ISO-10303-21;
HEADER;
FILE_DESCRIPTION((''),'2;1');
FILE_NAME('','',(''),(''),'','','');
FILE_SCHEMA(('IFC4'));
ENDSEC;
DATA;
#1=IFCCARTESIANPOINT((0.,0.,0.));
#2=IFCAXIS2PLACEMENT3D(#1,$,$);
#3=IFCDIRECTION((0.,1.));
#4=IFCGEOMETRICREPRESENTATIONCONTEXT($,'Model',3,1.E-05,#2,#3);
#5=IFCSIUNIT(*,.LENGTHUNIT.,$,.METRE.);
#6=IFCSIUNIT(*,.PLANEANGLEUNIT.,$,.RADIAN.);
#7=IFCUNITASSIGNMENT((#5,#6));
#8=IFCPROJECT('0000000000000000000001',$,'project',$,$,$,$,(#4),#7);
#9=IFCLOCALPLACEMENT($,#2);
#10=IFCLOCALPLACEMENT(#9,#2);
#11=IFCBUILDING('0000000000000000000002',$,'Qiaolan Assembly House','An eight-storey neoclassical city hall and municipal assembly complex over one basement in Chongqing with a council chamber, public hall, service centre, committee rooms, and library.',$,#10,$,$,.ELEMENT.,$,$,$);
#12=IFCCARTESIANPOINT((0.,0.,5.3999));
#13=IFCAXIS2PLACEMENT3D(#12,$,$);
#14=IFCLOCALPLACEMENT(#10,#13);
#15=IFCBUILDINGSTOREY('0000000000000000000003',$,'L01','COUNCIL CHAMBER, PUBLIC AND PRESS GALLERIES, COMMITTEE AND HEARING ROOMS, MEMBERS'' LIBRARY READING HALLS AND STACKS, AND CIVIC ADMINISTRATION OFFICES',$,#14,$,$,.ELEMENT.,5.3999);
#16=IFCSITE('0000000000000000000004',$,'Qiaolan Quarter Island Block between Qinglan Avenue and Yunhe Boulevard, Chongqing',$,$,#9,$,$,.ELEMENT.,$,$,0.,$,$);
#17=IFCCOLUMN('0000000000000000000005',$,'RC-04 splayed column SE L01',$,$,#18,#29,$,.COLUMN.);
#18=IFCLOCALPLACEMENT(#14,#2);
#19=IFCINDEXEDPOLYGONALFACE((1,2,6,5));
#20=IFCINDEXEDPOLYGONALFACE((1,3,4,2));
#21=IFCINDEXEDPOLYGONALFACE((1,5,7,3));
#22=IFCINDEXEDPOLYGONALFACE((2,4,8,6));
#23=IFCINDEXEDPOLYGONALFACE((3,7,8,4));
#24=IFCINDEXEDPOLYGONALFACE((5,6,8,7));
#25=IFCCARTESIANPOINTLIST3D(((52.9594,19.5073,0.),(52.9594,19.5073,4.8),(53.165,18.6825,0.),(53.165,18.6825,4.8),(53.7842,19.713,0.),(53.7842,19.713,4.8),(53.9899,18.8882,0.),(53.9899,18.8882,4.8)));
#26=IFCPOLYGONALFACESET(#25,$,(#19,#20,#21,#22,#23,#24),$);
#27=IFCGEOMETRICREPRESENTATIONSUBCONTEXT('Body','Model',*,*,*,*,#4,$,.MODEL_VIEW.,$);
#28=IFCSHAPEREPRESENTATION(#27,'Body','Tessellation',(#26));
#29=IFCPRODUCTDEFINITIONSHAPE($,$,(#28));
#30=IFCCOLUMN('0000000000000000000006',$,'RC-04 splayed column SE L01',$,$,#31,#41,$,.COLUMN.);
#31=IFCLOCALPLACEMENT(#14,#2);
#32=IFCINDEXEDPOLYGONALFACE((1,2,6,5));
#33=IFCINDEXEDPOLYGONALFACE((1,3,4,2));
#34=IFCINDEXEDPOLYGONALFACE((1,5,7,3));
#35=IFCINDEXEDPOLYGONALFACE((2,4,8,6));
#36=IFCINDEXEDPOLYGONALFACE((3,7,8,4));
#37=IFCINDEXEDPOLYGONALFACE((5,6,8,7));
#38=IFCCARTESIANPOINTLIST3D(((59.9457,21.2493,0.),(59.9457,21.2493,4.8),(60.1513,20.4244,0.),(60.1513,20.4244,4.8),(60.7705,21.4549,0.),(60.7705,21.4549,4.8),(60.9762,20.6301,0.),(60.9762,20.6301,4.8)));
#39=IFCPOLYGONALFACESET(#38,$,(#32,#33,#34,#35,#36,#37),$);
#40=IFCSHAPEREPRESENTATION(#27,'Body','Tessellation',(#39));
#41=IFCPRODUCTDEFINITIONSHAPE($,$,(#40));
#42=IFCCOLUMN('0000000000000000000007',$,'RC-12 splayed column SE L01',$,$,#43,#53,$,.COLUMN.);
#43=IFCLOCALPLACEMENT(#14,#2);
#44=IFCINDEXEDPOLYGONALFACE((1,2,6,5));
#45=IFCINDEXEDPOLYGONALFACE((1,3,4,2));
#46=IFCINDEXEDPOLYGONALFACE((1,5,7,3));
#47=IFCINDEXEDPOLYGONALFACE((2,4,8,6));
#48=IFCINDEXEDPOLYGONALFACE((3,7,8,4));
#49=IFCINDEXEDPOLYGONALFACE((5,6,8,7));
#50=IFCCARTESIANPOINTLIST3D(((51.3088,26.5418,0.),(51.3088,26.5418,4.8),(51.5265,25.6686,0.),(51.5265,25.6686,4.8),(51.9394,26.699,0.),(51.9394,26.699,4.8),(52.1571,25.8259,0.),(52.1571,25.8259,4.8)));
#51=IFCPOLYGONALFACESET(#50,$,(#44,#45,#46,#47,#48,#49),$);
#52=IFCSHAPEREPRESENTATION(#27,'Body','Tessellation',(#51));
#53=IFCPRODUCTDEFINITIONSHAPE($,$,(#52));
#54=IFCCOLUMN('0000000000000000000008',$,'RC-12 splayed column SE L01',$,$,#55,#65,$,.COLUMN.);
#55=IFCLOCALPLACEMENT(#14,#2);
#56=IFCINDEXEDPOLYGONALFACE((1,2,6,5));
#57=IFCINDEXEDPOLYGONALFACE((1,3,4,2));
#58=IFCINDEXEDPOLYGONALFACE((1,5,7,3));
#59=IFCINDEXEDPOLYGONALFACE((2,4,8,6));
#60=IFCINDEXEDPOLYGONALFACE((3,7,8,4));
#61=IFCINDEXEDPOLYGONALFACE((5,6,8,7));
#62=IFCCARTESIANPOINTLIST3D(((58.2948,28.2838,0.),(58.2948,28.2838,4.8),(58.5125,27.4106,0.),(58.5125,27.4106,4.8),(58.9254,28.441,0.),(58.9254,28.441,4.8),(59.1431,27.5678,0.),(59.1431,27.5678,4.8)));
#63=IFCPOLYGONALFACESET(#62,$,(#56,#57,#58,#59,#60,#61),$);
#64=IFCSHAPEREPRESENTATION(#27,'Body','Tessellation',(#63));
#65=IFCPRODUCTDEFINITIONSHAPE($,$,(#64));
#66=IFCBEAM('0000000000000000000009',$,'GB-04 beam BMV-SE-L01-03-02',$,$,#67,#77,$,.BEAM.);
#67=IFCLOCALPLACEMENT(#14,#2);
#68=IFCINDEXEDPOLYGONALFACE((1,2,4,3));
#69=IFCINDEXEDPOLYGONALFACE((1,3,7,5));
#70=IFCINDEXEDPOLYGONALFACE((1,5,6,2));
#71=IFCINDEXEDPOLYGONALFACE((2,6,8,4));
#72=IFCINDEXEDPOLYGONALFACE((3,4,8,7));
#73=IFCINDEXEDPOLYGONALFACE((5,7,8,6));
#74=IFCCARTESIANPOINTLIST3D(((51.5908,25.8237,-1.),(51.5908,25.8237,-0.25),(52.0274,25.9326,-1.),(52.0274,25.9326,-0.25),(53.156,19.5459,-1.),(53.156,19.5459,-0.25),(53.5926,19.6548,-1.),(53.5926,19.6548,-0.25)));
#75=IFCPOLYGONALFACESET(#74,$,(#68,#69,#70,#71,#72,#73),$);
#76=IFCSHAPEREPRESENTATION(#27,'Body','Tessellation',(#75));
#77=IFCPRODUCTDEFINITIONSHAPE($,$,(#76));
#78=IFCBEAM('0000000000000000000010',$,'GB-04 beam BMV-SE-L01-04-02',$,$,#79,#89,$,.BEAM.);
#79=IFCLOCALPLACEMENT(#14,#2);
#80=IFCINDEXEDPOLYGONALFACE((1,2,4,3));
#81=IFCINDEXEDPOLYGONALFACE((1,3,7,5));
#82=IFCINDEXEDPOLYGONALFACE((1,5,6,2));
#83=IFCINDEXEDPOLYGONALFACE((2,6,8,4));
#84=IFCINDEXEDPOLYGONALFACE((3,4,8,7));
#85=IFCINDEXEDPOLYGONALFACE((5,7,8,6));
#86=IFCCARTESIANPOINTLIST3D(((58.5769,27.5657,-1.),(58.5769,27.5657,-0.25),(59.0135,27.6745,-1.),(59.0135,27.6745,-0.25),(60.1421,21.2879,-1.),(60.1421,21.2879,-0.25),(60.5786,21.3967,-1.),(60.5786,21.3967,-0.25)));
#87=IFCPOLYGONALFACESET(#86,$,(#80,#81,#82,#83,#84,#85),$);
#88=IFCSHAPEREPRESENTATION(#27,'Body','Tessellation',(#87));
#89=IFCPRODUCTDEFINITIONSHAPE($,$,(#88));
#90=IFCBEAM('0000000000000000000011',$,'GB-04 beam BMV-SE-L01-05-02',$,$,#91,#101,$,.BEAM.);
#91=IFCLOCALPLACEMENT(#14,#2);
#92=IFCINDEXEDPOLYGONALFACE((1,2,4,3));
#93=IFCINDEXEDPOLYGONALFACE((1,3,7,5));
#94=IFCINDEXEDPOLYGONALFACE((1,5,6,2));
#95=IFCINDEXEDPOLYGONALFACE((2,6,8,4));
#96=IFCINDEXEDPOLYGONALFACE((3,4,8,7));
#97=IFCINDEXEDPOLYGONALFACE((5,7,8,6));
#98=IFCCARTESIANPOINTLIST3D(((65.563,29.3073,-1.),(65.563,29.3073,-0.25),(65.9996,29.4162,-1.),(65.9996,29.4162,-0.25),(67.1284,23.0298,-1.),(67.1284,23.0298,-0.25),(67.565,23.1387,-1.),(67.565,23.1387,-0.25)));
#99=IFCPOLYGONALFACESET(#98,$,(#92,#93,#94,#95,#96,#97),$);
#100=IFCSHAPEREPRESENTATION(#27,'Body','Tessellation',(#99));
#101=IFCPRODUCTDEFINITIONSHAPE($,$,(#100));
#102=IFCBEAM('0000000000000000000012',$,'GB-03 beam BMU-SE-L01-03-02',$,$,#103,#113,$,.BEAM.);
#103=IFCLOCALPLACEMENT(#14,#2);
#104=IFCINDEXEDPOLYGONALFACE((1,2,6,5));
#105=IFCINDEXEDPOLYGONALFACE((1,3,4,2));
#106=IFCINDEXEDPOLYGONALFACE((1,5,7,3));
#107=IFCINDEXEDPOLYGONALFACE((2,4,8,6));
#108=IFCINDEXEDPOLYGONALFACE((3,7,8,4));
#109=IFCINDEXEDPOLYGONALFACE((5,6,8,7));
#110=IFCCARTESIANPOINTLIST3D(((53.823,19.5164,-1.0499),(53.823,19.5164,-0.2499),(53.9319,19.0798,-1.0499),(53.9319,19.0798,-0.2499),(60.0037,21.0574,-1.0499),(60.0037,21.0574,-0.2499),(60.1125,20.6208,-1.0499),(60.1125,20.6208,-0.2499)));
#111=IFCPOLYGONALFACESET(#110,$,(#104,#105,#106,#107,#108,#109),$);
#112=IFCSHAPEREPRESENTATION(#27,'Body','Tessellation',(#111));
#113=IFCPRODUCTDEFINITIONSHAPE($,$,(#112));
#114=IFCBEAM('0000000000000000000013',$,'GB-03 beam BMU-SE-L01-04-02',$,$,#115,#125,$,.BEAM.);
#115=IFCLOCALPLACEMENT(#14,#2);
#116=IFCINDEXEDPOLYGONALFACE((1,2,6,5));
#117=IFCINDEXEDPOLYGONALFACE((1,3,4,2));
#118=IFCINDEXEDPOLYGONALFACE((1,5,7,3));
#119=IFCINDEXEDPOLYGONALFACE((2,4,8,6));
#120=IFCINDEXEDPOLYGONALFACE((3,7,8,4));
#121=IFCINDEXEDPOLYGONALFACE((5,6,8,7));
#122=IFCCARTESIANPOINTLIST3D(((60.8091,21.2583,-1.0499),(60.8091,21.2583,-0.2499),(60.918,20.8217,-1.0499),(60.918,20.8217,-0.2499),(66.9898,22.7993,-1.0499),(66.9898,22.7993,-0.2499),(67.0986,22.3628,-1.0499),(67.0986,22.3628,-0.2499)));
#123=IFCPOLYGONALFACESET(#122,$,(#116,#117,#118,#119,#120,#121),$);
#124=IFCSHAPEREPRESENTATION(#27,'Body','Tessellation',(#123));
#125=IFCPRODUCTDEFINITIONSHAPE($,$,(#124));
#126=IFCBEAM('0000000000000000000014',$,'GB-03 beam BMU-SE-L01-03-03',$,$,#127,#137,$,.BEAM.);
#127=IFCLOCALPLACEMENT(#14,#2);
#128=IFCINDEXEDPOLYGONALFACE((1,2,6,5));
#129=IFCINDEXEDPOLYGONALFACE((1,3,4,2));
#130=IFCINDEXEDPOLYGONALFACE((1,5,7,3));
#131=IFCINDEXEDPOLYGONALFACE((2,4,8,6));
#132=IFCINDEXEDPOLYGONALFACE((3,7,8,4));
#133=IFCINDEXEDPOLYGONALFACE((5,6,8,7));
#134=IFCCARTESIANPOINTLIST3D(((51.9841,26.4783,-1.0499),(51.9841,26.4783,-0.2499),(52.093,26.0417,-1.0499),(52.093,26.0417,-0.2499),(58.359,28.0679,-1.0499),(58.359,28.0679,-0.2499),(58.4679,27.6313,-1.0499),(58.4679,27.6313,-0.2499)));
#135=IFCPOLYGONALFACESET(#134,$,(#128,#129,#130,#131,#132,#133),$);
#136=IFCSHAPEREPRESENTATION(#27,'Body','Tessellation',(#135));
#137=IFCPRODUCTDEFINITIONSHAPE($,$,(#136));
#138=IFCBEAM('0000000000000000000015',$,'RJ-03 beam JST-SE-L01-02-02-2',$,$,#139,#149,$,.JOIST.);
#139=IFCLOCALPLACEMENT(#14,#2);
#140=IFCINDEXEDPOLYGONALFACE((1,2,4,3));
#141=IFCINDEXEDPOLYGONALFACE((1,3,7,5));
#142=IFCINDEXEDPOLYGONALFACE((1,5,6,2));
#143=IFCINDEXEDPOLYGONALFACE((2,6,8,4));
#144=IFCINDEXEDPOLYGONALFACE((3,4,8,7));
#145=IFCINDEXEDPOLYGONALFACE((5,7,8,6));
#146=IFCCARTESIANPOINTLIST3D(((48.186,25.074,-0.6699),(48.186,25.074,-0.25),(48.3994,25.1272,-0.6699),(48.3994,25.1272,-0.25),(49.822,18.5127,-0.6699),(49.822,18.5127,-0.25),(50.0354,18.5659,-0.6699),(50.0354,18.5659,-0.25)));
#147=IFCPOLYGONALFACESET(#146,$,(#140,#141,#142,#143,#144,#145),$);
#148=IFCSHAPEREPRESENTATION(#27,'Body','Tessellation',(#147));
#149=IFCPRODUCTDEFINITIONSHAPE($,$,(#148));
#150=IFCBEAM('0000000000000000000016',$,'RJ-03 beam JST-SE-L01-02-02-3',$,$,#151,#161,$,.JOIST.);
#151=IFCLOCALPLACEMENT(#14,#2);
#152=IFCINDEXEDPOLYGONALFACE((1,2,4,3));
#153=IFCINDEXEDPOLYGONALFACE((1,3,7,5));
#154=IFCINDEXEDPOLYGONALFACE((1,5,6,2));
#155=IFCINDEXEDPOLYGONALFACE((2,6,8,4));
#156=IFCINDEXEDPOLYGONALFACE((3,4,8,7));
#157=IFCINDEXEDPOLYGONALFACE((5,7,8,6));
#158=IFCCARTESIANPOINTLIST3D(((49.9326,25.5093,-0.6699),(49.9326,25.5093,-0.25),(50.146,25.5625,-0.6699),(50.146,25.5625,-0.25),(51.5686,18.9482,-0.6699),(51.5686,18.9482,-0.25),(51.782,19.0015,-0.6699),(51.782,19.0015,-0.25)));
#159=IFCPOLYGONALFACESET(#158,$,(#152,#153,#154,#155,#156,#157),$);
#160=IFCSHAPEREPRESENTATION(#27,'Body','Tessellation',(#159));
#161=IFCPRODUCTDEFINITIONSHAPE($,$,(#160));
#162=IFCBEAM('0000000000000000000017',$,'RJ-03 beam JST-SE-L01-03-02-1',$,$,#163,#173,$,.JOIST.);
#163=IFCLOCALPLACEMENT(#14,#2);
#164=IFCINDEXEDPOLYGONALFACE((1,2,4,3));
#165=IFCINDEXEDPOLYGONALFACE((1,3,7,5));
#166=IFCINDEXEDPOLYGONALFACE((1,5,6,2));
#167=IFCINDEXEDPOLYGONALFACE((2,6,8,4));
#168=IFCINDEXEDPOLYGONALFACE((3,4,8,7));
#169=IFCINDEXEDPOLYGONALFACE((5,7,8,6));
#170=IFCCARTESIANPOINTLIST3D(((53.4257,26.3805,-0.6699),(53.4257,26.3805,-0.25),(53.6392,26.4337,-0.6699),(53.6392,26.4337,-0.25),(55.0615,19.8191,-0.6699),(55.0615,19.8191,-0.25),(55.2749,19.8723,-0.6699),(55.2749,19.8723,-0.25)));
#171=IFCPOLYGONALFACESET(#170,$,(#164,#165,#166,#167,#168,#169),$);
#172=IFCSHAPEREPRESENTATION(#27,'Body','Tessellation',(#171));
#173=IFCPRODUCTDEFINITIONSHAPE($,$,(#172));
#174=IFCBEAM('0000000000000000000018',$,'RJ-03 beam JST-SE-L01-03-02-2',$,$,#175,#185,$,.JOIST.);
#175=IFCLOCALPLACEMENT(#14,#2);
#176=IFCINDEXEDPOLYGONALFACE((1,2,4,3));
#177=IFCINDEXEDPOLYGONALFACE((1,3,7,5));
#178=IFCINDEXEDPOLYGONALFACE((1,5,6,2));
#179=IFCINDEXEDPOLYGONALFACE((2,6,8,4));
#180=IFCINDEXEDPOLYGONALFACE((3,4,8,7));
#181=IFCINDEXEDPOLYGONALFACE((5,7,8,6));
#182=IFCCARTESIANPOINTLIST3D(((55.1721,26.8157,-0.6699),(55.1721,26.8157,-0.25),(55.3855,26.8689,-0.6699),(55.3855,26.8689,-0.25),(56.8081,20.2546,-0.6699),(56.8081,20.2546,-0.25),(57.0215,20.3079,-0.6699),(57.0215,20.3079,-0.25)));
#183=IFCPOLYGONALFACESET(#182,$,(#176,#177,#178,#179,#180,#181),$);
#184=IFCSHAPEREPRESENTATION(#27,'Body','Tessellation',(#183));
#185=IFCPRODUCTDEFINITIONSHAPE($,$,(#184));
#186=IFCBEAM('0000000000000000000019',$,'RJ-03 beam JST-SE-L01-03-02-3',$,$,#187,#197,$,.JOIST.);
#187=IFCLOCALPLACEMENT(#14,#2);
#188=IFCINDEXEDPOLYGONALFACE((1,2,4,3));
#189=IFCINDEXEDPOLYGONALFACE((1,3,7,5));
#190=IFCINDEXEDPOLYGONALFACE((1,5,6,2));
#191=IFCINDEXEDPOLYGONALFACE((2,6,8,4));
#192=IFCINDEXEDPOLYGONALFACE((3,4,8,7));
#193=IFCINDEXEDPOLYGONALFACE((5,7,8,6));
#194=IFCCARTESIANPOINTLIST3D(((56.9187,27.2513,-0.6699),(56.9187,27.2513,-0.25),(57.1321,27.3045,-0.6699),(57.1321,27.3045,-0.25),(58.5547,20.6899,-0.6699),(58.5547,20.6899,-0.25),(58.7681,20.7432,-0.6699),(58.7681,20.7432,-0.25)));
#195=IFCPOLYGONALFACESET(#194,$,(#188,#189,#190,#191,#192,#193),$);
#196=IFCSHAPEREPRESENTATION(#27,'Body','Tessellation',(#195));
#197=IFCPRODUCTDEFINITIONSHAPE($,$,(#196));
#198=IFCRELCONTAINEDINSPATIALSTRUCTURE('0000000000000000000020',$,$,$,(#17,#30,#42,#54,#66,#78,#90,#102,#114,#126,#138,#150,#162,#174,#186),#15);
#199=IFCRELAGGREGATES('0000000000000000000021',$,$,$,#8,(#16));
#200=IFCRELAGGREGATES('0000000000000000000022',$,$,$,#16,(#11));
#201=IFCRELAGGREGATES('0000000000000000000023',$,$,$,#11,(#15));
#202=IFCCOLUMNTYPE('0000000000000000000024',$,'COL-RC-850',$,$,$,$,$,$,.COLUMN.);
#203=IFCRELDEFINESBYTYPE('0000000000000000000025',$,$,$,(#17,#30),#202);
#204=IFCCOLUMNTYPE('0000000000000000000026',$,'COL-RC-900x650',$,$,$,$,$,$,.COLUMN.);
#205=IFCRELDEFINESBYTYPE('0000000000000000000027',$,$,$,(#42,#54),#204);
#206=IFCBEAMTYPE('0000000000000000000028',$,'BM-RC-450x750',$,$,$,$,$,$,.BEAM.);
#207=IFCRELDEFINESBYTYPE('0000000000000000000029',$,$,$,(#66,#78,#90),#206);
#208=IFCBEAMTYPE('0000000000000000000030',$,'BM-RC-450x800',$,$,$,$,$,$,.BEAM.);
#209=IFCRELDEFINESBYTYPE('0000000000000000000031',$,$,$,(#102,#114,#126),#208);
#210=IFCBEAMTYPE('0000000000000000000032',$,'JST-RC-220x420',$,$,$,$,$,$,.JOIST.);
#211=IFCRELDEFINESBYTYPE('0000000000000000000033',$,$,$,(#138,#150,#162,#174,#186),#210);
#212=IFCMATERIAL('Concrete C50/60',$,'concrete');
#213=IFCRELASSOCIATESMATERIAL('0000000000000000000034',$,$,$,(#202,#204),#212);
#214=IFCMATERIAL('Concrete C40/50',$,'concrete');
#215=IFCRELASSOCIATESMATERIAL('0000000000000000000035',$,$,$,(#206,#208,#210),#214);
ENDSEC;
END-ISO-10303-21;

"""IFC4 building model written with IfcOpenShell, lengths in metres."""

from ifc_helpers import new_model, si_unit, direction, frame, origin, origin_2d, place, context, subcontext, project, spatial, rectangle, extrude, material, material_profile, profile_set, type_object, element, save


model = new_model("IFC4")

# Units and contexts
model_context = context("Model", 3, precision=1e-05, world=origin(), true_north=direction((0.0, 1.0)))
body_context = subcontext(model_context, "Body", "Model", "MODEL_VIEW")
ifc_project = project(units=[si_unit("LENGTHUNIT", "METRE"), si_unit("PLANEANGLEUNIT", "RADIAN")], contexts=[model_context])

# Site, building, storey
site_placement = place(None, origin())
site = spatial("IfcSite", under=ifc_project, at=site_placement, Name="Qiaolan Quarter Island Block between Qinglan Avenue and Yunhe Boulevard, Chongqing", CompositionType="ELEMENT", RefElevation=0.0)
building_placement = place(site_placement, origin())
building = spatial("IfcBuilding", under=site, at=building_placement, Name="Qiaolan Assembly House", Description="An eight-storey neoclassical city hall and municipal assembly complex over one basement in Chongqing with a council chamber, public hall, service centre, committee rooms, and library.", CompositionType="ELEMENT")
storey_placement = place(building_placement, frame((0.0, 0.0, 5.3999)))
storey = spatial("IfcBuildingStorey", under=building, at=storey_placement, Name="L01", Description="COUNCIL CHAMBER, PUBLIC AND PRESS GALLERIES, COMMITTEE AND HEARING ROOMS, MEMBERS' LIBRARY READING HALLS AND STACKS, AND CIVIC ADMINISTRATION OFFICES", CompositionType="ELEMENT", Elevation=5.3999)

# Columns
ifc_material_1 = material(Name="Concrete C50/60", Category="concrete")
ifc_material_profile_1 = material_profile(ifc_material_1, rectangle(XDim=0.8501, YDim=0.8501, at=origin_2d()), Name="RC 850x850")
ifc_profile_set_1 = profile_set([ifc_material_profile_1], Name="Concrete C50/60")
column_type_1 = type_object("IfcColumnType", Name="COL-RC-850", PredefinedType="COLUMN", material=ifc_profile_set_1)
for number, where, z_axis, x_axis, name in (
    (1, (53.4746, 19.1978, 0.0), (0.0, 0.0, 1.0), (0.970296, 0.241922, 0.0), "RC-04 splayed column SE L01"),
    (2, (60.4609, 20.9397, 0.0), (0.0, 0.0, 1.0), (0.970296, 0.241922, 0.0), "RC-04 splayed column SE L01"),
):
    element("IfcColumn", number, at=place(storey_placement, frame(where, z_axis=z_axis, x_axis=x_axis)), inside=storey, type_object=column_type_1, Name=name, PredefinedType="COLUMN", context=body_context, shape_type="SweptSolid", body=[
        extrude(rectangle(XDim=0.8501, YDim=0.8501, at=origin_2d()), origin(), (0.0, 0.0, 1.0), 4.8),
    ])
ifc_material_profile_2 = material_profile(ifc_material_1, rectangle(XDim=0.6499, YDim=0.8999, at=origin_2d()), Name="RC 900x650")
ifc_profile_set_2 = profile_set([ifc_material_profile_2], Name="Concrete C50/60")
column_type_2 = type_object("IfcColumnType", Name="COL-RC-900x650", PredefinedType="COLUMN", material=ifc_profile_set_2)
for number, where, z_axis, x_axis, name in (
    (3, (51.7329, 26.1838, 0.0), (0.0, 0.0, 1.0), (0.970296, 0.241922, 0.0), "RC-12 splayed column SE L01"),
    (4, (58.719, 27.9258, 0.0), (0.0, 0.0, 1.0), (0.970296, 0.241922, 0.0), "RC-12 splayed column SE L01"),
):
    element("IfcColumn", number, at=place(storey_placement, frame(where, z_axis=z_axis, x_axis=x_axis)), inside=storey, type_object=column_type_2, Name=name, PredefinedType="COLUMN", context=body_context, shape_type="SweptSolid", body=[
        extrude(rectangle(XDim=0.6499, YDim=0.8999, at=origin_2d()), origin(), (0.0, 0.0, 1.0), 4.8),
    ])

# Beams
ifc_material_2 = material(Name="Concrete C40/50", Category="concrete")
ifc_material_profile_3 = material_profile(ifc_material_2, rectangle(XDim=0.45, YDim=0.75, at=origin_2d()), Name="RCB 450x750")
ifc_profile_set_3 = profile_set([ifc_material_profile_3], Name="Concrete C40/50")
beam_type_1 = type_object("IfcBeamType", Name="BM-RC-450x750", PredefinedType="BEAM", material=ifc_profile_set_3)
for number, where, z_axis, x_axis, name in (
    (5, (53.3743, 19.6003, -0.625), (-0.241914, 0.970298, 0.0), (-0.970298, -0.241914, 0.0), "GB-04 beam BMV-SE-L01-03-02"),
    (6, (60.3604, 21.3423, -0.625), (-0.241914, 0.970298, 0.0), (-0.970298, -0.241914, 0.0), "GB-04 beam BMV-SE-L01-04-02"),
):
    element("IfcBeam", number, at=place(storey_placement, frame(where, z_axis=z_axis, x_axis=x_axis)), inside=storey, type_object=beam_type_1, Name=name, PredefinedType="BEAM", context=body_context, shape_type="SweptSolid", body=[
        extrude(rectangle(XDim=0.45, YDim=0.75, at=origin_2d()), origin(), (0.0, 0.0, 1.0), 6.47),
    ])
beam_1_placement = place(storey_placement, frame((67.3467, 23.0842, -0.625), z_axis=(-0.241958, 0.970287, 0.0), x_axis=(-0.970287, -0.241958, 0.0)))
element("IfcBeam", 7, at=beam_1_placement, inside=storey, type_object=beam_type_1, Name="GB-04 beam BMV-SE-L01-05-02", PredefinedType="BEAM", context=body_context, shape_type="SweptSolid", body=[
    extrude(rectangle(XDim=0.45, YDim=0.75, at=origin_2d()), origin(), (0.0, 0.0, 1.0), 6.4697),
])
ifc_material_profile_4 = material_profile(ifc_material_2, rectangle(XDim=0.45, YDim=0.8, at=origin_2d()), Name="RCB 450x800")
ifc_profile_set_4 = profile_set([ifc_material_profile_4], Name="Concrete C40/50")
beam_type_2 = type_object("IfcBeamType", Name="BM-RC-450x800", PredefinedType="BEAM", material=ifc_profile_set_4)
for number, where, z_axis, x_axis, name in (
    (8, (53.8774, 19.2981, -0.6499), (0.970296, 0.241922, 0.0), (-0.241922, 0.970296, 0.0), "GB-03 beam BMU-SE-L01-03-02"),
    (9, (60.8635, 21.04, -0.6499), (0.970296, 0.241922, 0.0), (-0.241922, 0.970296, 0.0), "GB-03 beam BMU-SE-L01-04-02"),
):
    element("IfcBeam", number, at=place(storey_placement, frame(where, z_axis=z_axis, x_axis=x_axis)), inside=storey, type_object=beam_type_2, Name=name, PredefinedType="BEAM", context=body_context, shape_type="SweptSolid", body=[
        extrude(rectangle(XDim=0.45, YDim=0.8, at=origin_2d()), origin(), (0.0, 0.0, 1.0), 6.3699),
    ])
beam_2_placement = place(storey_placement, frame((52.0386, 26.26, -0.6499), z_axis=(0.970289, 0.24195, 0.0), x_axis=(-0.24195, 0.970289, 0.0)))
element("IfcBeam", 10, at=beam_2_placement, inside=storey, type_object=beam_type_2, Name="GB-03 beam BMU-SE-L01-03-03", PredefinedType="BEAM", context=body_context, shape_type="SweptSolid", body=[
    extrude(rectangle(XDim=0.45, YDim=0.8, at=origin_2d()), origin(), (0.0, 0.0, 1.0), 6.5701),
])
ifc_material_profile_5 = material_profile(ifc_material_2, rectangle(XDim=0.22, YDim=0.4199, at=origin_2d()), Name="RCB 220x420")
ifc_profile_set_5 = profile_set([ifc_material_profile_5], Name="Concrete C40/50")
beam_type_3 = type_object("IfcBeamType", Name="JST-RC-220x420", PredefinedType="JOIST", material=ifc_profile_set_5)
beam_3_placement = place(storey_placement, frame((49.9287, 18.5393, -0.46), z_axis=(-0.241932, 0.970293, 0.0), x_axis=(-0.970293, -0.241932, 0.0)))
element("IfcBeam", 11, at=beam_3_placement, inside=storey, type_object=beam_type_3, Name="RJ-03 beam JST-SE-L01-02-02-2", PredefinedType="JOIST", context=body_context, shape_type="SweptSolid", body=[
    extrude(rectangle(XDim=0.22, YDim=0.4199, at=origin_2d()), origin(), (0.0, 0.0, 1.0), 6.7622),
])
beam_4_placement = place(storey_placement, frame((51.6753, 18.9749, -0.46), z_axis=(-0.241941, 0.970291, 0.0), x_axis=(-0.970291, -0.241941, 0.0)))
element("IfcBeam", 12, at=beam_4_placement, inside=storey, type_object=beam_type_3, Name="RJ-03 beam JST-SE-L01-02-02-3", PredefinedType="JOIST", context=body_context, shape_type="SweptSolid", body=[
    extrude(rectangle(XDim=0.22, YDim=0.4199, at=origin_2d()), origin(), (0.0, 0.0, 1.0), 6.762),
])
beam_5_placement = place(storey_placement, frame((55.1682, 19.8457, -0.46), z_axis=(-0.241898, 0.970302, 0.0), x_axis=(-0.970302, -0.241898, 0.0)))
element("IfcBeam", 13, at=beam_5_placement, inside=storey, type_object=beam_type_3, Name="RJ-03 beam JST-SE-L01-03-02-1", PredefinedType="JOIST", context=body_context, shape_type="SweptSolid", body=[
    extrude(rectangle(XDim=0.22, YDim=0.4199, at=origin_2d()), origin(), (0.0, 0.0, 1.0), 6.7622),
])
beam_6_placement = place(storey_placement, frame((56.9148, 20.2812, -0.46), z_axis=(-0.241941, 0.970291, 0.0), x_axis=(-0.970291, -0.241941, 0.0)))
element("IfcBeam", 14, at=beam_6_placement, inside=storey, type_object=beam_type_3, Name="RJ-03 beam JST-SE-L01-03-02-2", PredefinedType="JOIST", context=body_context, shape_type="SweptSolid", body=[
    extrude(rectangle(XDim=0.22, YDim=0.4199, at=origin_2d()), origin(), (0.0, 0.0, 1.0), 6.762),
])
beam_7_placement = place(storey_placement, frame((58.6614, 20.7166, -0.46), z_axis=(-0.241932, 0.970293, 0.0), x_axis=(-0.970293, -0.241932, 0.0)))
element("IfcBeam", 15, at=beam_7_placement, inside=storey, type_object=beam_type_3, Name="RJ-03 beam JST-SE-L01-03-02-3", PredefinedType="JOIST", context=body_context, shape_type="SweptSolid", body=[
    extrude(rectangle(XDim=0.22, YDim=0.4199, at=origin_2d()), origin(), (0.0, 0.0, 1.0), 6.7622),
])

save(model, "model.ifc")
